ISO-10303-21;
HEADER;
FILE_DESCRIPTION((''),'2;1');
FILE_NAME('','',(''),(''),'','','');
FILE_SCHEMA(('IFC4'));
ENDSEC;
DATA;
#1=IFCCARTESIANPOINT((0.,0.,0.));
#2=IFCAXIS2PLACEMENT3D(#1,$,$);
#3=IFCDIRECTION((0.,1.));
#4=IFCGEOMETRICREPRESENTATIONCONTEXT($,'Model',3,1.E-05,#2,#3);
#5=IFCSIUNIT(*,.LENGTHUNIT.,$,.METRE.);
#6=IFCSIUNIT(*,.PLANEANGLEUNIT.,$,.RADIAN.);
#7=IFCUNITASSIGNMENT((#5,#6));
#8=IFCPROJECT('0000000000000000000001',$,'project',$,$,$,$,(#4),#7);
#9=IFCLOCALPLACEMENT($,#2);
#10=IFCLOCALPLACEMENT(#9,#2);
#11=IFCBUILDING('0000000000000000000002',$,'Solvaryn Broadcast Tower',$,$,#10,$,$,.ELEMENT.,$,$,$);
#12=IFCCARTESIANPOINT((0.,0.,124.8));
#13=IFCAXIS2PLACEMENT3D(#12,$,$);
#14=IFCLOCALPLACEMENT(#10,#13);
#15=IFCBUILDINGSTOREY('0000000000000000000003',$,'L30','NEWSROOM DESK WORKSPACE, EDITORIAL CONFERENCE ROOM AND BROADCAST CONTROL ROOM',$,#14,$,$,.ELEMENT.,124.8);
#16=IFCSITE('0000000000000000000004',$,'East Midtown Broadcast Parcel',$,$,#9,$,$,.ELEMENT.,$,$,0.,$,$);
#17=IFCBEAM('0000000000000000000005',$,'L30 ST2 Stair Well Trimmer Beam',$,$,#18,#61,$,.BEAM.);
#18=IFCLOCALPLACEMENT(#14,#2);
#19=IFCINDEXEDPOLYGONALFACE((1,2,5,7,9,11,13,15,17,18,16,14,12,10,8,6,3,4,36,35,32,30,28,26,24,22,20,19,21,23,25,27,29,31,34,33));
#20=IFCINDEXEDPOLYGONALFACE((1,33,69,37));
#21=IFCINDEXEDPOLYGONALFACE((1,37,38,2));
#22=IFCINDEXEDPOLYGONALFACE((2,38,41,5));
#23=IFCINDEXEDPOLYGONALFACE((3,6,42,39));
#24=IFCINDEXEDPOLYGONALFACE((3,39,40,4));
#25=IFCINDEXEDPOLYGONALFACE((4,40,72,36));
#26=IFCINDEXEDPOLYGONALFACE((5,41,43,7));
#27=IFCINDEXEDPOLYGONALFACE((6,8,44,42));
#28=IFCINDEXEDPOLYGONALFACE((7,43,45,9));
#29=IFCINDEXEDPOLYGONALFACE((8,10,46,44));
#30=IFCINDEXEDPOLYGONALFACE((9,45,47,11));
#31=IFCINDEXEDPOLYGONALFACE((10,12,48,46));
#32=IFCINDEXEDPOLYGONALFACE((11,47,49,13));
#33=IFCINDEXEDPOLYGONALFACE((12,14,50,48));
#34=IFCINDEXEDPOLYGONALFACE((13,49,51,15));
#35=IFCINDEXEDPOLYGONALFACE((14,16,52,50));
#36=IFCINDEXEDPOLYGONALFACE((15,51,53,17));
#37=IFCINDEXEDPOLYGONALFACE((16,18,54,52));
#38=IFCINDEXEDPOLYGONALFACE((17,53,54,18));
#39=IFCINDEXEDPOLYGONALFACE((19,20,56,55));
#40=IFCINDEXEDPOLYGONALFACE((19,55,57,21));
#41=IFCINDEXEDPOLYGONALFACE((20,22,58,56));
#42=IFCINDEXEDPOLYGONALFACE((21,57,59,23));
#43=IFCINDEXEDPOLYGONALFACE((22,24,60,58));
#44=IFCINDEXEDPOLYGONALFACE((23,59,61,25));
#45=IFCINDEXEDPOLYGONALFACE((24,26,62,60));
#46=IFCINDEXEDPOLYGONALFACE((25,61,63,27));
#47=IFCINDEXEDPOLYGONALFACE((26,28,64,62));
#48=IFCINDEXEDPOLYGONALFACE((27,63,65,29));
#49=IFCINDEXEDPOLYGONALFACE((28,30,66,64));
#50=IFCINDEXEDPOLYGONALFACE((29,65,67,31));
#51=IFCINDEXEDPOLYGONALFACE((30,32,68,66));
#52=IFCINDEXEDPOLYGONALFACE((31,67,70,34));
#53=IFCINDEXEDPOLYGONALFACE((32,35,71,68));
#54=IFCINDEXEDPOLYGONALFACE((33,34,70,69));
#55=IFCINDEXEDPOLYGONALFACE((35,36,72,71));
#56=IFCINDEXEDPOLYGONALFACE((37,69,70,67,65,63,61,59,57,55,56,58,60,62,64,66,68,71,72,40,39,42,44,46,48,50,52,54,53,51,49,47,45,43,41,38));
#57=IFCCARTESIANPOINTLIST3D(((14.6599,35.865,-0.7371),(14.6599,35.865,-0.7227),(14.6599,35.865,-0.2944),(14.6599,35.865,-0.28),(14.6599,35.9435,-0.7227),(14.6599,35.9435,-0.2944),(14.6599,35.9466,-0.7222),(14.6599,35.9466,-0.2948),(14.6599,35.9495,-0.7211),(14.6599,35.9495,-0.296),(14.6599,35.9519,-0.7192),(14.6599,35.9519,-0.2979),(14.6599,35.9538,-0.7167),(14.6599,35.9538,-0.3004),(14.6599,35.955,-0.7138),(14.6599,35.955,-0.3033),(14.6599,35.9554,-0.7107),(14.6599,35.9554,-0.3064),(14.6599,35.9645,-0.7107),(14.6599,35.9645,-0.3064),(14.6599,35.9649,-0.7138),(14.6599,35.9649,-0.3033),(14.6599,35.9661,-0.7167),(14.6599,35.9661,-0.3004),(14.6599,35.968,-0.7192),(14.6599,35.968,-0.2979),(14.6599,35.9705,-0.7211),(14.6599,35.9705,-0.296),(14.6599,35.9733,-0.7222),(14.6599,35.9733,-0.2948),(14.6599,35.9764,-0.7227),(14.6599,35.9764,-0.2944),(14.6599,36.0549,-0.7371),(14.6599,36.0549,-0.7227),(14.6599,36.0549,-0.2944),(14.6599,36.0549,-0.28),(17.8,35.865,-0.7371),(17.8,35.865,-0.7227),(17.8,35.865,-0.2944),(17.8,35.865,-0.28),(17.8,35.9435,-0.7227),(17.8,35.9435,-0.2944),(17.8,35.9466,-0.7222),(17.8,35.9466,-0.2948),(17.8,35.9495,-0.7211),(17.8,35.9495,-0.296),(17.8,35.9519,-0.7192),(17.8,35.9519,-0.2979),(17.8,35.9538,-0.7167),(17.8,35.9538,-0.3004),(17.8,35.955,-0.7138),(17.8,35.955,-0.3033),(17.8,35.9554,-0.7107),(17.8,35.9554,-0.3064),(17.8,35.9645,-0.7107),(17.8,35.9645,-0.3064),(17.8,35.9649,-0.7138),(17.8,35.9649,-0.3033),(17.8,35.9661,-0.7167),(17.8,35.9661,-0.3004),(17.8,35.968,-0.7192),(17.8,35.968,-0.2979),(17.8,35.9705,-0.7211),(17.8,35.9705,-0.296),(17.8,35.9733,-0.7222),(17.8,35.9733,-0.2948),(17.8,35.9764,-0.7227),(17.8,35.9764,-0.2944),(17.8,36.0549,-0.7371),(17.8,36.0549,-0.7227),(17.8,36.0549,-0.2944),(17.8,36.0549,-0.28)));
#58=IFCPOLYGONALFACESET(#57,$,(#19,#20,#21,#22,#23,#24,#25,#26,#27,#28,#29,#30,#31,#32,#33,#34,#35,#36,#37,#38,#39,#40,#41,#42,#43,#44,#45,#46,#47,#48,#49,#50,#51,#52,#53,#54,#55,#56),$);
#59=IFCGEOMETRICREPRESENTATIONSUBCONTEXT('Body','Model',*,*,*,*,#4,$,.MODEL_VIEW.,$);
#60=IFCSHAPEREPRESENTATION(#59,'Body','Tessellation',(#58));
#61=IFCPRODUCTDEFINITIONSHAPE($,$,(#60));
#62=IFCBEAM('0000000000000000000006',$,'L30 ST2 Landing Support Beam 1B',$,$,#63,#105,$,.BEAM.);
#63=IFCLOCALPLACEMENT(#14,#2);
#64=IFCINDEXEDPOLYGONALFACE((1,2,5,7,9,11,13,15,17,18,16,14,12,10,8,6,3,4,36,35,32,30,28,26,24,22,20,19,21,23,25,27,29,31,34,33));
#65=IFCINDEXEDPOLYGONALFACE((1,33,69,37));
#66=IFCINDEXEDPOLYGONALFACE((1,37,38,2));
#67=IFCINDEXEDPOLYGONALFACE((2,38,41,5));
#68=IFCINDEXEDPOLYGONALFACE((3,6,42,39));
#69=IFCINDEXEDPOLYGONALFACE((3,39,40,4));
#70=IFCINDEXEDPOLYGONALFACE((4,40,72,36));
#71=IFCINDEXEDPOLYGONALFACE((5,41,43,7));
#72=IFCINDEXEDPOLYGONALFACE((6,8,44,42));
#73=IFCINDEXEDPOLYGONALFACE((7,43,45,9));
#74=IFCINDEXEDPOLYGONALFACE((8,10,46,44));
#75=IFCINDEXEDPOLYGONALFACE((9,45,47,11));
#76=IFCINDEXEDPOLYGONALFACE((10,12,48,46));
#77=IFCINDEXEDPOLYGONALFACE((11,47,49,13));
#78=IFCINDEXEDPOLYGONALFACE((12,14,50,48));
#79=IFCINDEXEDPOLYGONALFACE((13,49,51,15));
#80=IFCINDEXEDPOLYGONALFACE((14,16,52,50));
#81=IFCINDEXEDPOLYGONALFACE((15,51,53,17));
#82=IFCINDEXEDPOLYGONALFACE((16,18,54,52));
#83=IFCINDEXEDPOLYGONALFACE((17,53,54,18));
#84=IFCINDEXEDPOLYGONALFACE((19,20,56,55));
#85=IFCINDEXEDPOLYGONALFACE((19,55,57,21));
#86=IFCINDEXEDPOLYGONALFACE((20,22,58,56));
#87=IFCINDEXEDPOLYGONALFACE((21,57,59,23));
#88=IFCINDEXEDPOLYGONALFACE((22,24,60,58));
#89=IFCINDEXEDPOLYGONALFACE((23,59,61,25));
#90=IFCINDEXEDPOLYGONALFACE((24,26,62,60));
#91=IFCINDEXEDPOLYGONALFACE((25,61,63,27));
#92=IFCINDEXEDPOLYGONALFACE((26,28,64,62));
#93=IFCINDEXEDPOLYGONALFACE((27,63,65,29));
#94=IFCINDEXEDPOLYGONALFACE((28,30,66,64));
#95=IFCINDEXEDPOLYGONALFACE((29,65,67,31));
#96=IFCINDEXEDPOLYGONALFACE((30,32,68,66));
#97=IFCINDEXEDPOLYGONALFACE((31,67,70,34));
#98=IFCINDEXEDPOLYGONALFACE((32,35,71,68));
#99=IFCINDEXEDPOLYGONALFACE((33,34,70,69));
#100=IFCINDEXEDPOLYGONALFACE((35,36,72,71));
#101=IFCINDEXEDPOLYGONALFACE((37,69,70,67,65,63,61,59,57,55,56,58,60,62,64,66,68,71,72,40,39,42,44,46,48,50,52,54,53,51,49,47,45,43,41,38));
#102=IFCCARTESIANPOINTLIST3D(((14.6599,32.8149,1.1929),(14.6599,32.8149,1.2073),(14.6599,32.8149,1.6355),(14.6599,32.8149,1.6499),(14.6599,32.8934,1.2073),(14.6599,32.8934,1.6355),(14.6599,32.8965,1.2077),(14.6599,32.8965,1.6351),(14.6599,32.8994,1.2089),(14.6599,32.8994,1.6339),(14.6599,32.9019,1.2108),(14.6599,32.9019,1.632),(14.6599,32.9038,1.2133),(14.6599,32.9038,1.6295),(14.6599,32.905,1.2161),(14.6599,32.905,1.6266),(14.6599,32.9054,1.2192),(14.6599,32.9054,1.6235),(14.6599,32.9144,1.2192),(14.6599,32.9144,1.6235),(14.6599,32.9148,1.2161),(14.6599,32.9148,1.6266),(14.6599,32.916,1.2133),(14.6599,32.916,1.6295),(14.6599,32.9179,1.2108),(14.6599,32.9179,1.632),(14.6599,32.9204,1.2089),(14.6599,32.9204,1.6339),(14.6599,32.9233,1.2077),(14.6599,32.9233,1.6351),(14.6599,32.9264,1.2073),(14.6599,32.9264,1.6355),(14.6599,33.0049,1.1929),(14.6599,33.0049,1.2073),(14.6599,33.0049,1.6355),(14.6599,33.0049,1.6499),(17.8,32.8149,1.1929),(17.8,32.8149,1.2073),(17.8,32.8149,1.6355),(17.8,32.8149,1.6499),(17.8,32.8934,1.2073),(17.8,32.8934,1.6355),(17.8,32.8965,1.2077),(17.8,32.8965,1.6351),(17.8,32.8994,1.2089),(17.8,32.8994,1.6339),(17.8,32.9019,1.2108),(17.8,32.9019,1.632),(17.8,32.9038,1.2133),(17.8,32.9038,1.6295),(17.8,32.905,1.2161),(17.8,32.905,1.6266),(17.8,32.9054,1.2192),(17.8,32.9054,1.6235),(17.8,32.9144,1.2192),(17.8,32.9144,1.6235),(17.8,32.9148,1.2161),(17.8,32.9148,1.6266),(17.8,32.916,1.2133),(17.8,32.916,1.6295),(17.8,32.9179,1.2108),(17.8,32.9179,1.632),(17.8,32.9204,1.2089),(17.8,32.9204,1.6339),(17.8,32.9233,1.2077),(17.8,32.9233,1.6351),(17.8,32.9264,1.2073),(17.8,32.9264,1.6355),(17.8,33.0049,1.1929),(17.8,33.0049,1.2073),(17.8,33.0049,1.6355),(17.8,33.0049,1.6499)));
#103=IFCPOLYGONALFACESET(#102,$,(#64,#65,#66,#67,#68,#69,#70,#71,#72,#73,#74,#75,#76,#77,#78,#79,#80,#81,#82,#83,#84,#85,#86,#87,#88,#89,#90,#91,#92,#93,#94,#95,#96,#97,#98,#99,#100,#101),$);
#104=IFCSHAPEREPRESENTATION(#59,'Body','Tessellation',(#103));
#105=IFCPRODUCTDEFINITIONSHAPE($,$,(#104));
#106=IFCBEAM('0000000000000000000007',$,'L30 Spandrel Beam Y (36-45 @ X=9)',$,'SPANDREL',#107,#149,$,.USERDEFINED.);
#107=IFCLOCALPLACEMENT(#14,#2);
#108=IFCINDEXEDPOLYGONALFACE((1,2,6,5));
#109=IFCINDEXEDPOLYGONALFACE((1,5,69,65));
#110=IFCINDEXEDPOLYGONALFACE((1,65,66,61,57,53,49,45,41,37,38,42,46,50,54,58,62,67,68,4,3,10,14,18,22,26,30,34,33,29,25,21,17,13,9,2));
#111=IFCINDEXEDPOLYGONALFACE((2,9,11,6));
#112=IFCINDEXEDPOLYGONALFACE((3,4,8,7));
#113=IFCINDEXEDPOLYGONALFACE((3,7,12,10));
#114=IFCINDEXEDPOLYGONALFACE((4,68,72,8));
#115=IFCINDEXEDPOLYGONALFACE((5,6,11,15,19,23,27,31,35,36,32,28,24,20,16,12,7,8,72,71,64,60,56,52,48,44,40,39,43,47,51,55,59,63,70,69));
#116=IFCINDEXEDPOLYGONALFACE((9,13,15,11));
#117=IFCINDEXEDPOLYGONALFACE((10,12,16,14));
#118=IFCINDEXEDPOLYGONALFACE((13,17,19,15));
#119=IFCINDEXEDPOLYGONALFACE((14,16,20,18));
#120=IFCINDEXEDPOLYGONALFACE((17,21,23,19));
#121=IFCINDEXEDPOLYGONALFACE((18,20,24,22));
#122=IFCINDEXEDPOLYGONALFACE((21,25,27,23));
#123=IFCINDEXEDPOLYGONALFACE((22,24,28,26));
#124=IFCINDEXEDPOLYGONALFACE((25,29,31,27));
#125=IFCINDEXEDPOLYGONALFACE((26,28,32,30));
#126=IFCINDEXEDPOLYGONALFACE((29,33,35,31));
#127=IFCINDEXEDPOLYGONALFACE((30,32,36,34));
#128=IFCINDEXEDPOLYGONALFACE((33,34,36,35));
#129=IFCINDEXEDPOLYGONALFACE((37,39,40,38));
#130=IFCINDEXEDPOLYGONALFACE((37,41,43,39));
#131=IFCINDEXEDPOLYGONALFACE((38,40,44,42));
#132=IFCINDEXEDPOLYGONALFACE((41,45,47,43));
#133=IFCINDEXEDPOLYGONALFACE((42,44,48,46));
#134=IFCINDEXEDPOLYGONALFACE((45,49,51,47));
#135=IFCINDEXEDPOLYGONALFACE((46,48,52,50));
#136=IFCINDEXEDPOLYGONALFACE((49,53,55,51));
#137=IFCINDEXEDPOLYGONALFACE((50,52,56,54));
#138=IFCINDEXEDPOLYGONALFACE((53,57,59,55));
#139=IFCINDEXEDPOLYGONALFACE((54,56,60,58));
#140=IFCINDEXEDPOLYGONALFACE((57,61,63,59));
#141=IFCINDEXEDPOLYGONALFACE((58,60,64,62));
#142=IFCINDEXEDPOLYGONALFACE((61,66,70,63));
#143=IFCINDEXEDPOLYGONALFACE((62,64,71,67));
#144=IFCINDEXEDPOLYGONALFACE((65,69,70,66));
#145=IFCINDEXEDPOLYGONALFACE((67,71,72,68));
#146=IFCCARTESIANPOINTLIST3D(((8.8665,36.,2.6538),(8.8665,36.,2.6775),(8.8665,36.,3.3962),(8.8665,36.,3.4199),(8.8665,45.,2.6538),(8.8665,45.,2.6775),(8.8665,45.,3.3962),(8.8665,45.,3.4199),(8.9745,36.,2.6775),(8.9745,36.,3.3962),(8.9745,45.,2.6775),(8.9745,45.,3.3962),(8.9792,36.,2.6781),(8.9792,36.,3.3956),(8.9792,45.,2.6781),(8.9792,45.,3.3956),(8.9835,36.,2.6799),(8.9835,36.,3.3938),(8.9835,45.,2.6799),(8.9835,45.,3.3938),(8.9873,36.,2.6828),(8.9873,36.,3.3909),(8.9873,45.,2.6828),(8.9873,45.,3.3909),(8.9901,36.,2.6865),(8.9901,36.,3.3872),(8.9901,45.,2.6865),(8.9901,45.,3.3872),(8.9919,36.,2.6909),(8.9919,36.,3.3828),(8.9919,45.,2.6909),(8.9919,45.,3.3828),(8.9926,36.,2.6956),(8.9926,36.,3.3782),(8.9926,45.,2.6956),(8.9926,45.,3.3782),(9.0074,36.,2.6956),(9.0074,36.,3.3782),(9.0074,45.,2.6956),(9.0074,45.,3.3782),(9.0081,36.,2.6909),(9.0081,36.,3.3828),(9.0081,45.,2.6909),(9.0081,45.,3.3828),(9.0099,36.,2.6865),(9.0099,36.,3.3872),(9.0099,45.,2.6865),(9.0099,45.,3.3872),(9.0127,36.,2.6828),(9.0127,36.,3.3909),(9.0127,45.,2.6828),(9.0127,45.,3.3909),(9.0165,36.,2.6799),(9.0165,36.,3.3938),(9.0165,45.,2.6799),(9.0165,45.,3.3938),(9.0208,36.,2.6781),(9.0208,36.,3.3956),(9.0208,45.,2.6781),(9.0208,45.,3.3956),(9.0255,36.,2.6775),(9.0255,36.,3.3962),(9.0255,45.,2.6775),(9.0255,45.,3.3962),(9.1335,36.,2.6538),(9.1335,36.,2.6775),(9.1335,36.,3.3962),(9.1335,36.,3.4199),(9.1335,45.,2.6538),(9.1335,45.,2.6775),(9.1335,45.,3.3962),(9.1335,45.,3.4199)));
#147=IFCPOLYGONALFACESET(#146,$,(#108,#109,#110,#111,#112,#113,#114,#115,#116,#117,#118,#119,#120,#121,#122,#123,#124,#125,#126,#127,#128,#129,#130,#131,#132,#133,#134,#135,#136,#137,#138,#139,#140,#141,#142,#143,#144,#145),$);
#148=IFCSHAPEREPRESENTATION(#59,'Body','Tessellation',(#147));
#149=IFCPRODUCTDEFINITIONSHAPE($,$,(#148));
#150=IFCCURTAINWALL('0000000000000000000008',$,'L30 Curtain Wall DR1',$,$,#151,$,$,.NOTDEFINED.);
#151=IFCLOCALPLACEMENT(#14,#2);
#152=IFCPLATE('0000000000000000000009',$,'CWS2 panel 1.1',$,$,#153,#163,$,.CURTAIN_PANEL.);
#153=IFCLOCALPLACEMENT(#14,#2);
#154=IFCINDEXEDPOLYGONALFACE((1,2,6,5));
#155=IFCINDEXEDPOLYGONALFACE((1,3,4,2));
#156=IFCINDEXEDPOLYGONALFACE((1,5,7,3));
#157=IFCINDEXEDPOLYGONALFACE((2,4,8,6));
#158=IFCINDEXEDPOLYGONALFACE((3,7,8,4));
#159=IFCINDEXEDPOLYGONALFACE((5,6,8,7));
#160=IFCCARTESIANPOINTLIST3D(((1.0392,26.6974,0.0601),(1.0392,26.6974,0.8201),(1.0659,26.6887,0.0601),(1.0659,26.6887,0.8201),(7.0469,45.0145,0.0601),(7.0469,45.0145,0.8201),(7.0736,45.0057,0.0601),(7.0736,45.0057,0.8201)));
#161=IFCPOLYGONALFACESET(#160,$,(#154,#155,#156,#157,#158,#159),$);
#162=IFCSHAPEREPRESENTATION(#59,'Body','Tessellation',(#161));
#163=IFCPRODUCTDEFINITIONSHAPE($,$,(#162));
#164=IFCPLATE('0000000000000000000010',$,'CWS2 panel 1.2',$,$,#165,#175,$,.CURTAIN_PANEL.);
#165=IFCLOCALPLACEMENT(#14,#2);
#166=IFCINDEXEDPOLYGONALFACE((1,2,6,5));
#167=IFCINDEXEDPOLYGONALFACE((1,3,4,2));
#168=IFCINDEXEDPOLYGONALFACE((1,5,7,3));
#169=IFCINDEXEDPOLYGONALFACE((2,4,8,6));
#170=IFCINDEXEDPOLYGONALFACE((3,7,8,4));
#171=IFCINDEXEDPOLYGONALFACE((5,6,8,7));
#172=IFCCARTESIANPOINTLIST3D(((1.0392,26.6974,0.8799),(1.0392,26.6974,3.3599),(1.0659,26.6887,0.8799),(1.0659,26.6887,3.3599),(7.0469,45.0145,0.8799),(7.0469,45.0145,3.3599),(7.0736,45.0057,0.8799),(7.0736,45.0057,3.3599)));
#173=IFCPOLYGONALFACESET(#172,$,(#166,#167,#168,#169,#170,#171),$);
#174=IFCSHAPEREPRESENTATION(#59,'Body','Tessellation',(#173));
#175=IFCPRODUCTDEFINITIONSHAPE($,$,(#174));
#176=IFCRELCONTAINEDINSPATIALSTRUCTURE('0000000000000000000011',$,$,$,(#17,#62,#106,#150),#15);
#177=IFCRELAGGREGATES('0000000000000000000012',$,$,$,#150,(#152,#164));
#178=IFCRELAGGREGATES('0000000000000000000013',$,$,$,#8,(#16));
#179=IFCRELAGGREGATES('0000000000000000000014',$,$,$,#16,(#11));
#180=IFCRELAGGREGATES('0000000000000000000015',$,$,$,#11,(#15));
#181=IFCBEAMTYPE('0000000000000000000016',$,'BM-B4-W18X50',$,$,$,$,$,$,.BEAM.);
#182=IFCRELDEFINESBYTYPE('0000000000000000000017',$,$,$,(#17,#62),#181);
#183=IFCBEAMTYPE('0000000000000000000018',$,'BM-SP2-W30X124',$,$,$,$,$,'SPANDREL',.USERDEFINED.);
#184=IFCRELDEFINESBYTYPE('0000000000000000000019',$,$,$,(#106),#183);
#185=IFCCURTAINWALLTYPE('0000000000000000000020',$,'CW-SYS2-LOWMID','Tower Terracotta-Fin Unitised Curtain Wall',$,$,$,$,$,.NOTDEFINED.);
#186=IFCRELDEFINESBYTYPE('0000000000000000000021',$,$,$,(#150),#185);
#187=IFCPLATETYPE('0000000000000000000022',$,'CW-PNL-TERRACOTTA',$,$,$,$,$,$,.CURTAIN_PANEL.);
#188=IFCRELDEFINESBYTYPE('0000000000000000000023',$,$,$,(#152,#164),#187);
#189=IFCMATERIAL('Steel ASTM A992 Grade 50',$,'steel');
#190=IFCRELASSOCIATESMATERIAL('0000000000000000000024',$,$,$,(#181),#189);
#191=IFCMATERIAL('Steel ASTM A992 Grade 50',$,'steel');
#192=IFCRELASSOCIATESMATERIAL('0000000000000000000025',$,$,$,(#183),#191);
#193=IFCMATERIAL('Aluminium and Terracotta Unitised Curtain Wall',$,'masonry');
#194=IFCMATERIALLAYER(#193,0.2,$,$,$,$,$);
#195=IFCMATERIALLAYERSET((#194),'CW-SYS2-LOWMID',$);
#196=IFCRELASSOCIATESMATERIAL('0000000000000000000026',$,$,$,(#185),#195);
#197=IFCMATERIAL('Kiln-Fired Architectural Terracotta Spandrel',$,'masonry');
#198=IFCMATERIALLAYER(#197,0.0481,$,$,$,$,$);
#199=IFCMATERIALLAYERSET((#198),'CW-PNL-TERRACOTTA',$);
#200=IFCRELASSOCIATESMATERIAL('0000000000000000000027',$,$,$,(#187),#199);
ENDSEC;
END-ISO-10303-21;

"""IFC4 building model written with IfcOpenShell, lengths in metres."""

from ifc_helpers import new_model, si_unit, direction, frame, origin, origin_2d, place, context, subcontext, project, spatial, rectangle, i_section, extrude, material, layer, layer_set, material_profile, profile_set, type_object, element, aggregate, save


model = new_model("IFC4")

# Units and contexts
model_context = context("Model", 3, precision=1e-05, world=origin(), true_north=direction((0.0, 1.0)))
body_context = subcontext(model_context, "Body", "Model", "MODEL_VIEW")
ifc_project = project(units=[si_unit("LENGTHUNIT", "METRE"), si_unit("PLANEANGLEUNIT", "RADIAN")], contexts=[model_context])

# Site, building, storey
site_placement = place(None, origin())
site = spatial("IfcSite", under=ifc_project, at=site_placement, Name="East Midtown Broadcast Parcel", CompositionType="ELEMENT", RefElevation=0.0)
building_placement = place(site_placement, origin())
building = spatial("IfcBuilding", under=site, at=building_placement, Name="Solvaryn Broadcast Tower", CompositionType="ELEMENT")
storey_placement = place(building_placement, frame((0.0, 0.0, 124.8)))
storey = spatial("IfcBuildingStorey", under=building, at=storey_placement, Name="L30", Description="NEWSROOM DESK WORKSPACE, EDITORIAL CONFERENCE ROOM AND BROADCAST CONTROL ROOM", CompositionType="ELEMENT", Elevation=124.8)

# Beams
ifc_material_1 = material(Name="Steel ASTM A992 Grade 50", Category="steel")
ifc_material_profile_1 = material_profile(ifc_material_1, i_section(OverallWidth=0.1899, OverallDepth=0.457, WebThickness=0.009, FlangeThickness=0.0144, FilletRadius=0.012, at=origin_2d()))
ifc_profile_set_1 = profile_set([ifc_material_profile_1], Name="Steel ASTM A992 Grade 50")
beam_type_1 = type_object("IfcBeamType", Name="BM-B4-W18X50", PredefinedType="BEAM", material=ifc_profile_set_1)
for number, where, z_axis, x_axis, name in (
    (1, (14.6599, 35.96, -0.5085), (1.0, 0.0, 0.0), (0.0, 1.0, 0.0), "L30 ST2 Stair Well Trimmer Beam"),
    (2, (14.6599, 32.9099, 1.4214), (1.0, 0.0, 0.0), (0.0, 1.0, 0.0), "L30 ST2 Landing Support Beam 1B"),
):
    element("IfcBeam", number, at=place(storey_placement, frame(where, z_axis=z_axis, x_axis=x_axis)), inside=storey, type_object=beam_type_1, Name=name, PredefinedType="BEAM", context=body_context, shape_type="SweptSolid", body=[
        extrude(i_section(OverallWidth=0.1899, OverallDepth=0.457, WebThickness=0.009, FlangeThickness=0.0144, FilletRadius=0.012, at=origin_2d()), origin(), (0.0, 0.0, 1.0), 3.1401),
    ])
ifc_material_2 = material(Name="Steel ASTM A992 Grade 50", Category="steel")
ifc_material_profile_2 = material_profile(ifc_material_2, i_section(OverallWidth=0.2671, OverallDepth=0.7661, WebThickness=0.0149, FlangeThickness=0.0237, FilletRadius=0.0181, at=origin_2d()))
ifc_profile_set_2 = profile_set([ifc_material_profile_2], Name="Steel ASTM A992 Grade 50")
beam_type_2 = type_object("IfcBeamType", Name="BM-SP2-W30X124", ElementType="SPANDREL", PredefinedType="USERDEFINED", material=ifc_profile_set_2)
beam_1_placement = place(storey_placement, frame((9.0, 36.0, 3.0369), z_axis=(0.0, 1.0, 0.0), x_axis=(-1.0, 0.0, 0.0)))
element("IfcBeam", 3, at=beam_1_placement, inside=storey, type_object=beam_type_2, Name="L30 Spandrel Beam Y (36-45 @ X=9)", ObjectType="SPANDREL", PredefinedType="USERDEFINED", context=body_context, shape_type="SweptSolid", body=[
    extrude(i_section(OverallWidth=0.2671, OverallDepth=0.7661, WebThickness=0.0149, FlangeThickness=0.0237, FilletRadius=0.0181, at=origin_2d()), origin(), (0.0, 0.0, 1.0), 9.0),
])

# Curtain wall, plates
ifc_material_3 = material(Name="Aluminium and Terracotta Unitised Curtain Wall", Category="masonry")
ifc_layer_1 = layer(ifc_material_3, 0.2)
ifc_layer_set_1 = layer_set([ifc_layer_1], Name="CW-SYS2-LOWMID")
curtain_wall_type = type_object("IfcCurtainWallType", Name="CW-SYS2-LOWMID", Description="Tower Terracotta-Fin Unitised Curtain Wall", PredefinedType="NOTDEFINED", material=ifc_layer_set_1)
curtain_wall_placement = place(storey_placement, origin())
curtain_wall = element("IfcCurtainWall", 4, at=curtain_wall_placement, inside=storey, type_object=curtain_wall_type, Name="L30 Curtain Wall DR1", PredefinedType="NOTDEFINED")
ifc_material_4 = material(Name="Kiln-Fired Architectural Terracotta Spandrel", Category="masonry")
ifc_layer_2 = layer(ifc_material_4, 0.0481)
ifc_layer_set_2 = layer_set([ifc_layer_2], Name="CW-PNL-TERRACOTTA")
plate_type = type_object("IfcPlateType", Name="CW-PNL-TERRACOTTA", PredefinedType="CURTAIN_PANEL", material=ifc_layer_set_2)
plate_1_placement = place(storey_placement, frame((4.0564, 35.8516, 0.0601), z_axis=(0.0, 0.0, 1.0), x_axis=(-0.311646, -0.950198, 0.0)))
plate_1 = element("IfcPlate", 5, at=plate_1_placement, type_object=plate_type, Name="CWS2 panel 1.1", PredefinedType="CURTAIN_PANEL", context=body_context, shape_type="SweptSolid", body=[
    extrude(rectangle(XDim=19.2771, YDim=0.0281, at=origin_2d()), origin(), (0.0, 0.0, 1.0), 0.76),
])
plate_2_placement = place(storey_placement, frame((4.0564, 35.8516, 0.8799), z_axis=(0.0, 0.0, 1.0), x_axis=(-0.311646, -0.950198, 0.0)))
plate_2 = element("IfcPlate", 6, at=plate_2_placement, type_object=plate_type, Name="CWS2 panel 1.2", PredefinedType="CURTAIN_PANEL", context=body_context, shape_type="SweptSolid", body=[
    extrude(rectangle(XDim=19.2771, YDim=0.0281, at=origin_2d()), origin(), (0.0, 0.0, 1.0), 2.48),
])
aggregate(curtain_wall, [plate_1, plate_2])

save(model, "model.ifc")
